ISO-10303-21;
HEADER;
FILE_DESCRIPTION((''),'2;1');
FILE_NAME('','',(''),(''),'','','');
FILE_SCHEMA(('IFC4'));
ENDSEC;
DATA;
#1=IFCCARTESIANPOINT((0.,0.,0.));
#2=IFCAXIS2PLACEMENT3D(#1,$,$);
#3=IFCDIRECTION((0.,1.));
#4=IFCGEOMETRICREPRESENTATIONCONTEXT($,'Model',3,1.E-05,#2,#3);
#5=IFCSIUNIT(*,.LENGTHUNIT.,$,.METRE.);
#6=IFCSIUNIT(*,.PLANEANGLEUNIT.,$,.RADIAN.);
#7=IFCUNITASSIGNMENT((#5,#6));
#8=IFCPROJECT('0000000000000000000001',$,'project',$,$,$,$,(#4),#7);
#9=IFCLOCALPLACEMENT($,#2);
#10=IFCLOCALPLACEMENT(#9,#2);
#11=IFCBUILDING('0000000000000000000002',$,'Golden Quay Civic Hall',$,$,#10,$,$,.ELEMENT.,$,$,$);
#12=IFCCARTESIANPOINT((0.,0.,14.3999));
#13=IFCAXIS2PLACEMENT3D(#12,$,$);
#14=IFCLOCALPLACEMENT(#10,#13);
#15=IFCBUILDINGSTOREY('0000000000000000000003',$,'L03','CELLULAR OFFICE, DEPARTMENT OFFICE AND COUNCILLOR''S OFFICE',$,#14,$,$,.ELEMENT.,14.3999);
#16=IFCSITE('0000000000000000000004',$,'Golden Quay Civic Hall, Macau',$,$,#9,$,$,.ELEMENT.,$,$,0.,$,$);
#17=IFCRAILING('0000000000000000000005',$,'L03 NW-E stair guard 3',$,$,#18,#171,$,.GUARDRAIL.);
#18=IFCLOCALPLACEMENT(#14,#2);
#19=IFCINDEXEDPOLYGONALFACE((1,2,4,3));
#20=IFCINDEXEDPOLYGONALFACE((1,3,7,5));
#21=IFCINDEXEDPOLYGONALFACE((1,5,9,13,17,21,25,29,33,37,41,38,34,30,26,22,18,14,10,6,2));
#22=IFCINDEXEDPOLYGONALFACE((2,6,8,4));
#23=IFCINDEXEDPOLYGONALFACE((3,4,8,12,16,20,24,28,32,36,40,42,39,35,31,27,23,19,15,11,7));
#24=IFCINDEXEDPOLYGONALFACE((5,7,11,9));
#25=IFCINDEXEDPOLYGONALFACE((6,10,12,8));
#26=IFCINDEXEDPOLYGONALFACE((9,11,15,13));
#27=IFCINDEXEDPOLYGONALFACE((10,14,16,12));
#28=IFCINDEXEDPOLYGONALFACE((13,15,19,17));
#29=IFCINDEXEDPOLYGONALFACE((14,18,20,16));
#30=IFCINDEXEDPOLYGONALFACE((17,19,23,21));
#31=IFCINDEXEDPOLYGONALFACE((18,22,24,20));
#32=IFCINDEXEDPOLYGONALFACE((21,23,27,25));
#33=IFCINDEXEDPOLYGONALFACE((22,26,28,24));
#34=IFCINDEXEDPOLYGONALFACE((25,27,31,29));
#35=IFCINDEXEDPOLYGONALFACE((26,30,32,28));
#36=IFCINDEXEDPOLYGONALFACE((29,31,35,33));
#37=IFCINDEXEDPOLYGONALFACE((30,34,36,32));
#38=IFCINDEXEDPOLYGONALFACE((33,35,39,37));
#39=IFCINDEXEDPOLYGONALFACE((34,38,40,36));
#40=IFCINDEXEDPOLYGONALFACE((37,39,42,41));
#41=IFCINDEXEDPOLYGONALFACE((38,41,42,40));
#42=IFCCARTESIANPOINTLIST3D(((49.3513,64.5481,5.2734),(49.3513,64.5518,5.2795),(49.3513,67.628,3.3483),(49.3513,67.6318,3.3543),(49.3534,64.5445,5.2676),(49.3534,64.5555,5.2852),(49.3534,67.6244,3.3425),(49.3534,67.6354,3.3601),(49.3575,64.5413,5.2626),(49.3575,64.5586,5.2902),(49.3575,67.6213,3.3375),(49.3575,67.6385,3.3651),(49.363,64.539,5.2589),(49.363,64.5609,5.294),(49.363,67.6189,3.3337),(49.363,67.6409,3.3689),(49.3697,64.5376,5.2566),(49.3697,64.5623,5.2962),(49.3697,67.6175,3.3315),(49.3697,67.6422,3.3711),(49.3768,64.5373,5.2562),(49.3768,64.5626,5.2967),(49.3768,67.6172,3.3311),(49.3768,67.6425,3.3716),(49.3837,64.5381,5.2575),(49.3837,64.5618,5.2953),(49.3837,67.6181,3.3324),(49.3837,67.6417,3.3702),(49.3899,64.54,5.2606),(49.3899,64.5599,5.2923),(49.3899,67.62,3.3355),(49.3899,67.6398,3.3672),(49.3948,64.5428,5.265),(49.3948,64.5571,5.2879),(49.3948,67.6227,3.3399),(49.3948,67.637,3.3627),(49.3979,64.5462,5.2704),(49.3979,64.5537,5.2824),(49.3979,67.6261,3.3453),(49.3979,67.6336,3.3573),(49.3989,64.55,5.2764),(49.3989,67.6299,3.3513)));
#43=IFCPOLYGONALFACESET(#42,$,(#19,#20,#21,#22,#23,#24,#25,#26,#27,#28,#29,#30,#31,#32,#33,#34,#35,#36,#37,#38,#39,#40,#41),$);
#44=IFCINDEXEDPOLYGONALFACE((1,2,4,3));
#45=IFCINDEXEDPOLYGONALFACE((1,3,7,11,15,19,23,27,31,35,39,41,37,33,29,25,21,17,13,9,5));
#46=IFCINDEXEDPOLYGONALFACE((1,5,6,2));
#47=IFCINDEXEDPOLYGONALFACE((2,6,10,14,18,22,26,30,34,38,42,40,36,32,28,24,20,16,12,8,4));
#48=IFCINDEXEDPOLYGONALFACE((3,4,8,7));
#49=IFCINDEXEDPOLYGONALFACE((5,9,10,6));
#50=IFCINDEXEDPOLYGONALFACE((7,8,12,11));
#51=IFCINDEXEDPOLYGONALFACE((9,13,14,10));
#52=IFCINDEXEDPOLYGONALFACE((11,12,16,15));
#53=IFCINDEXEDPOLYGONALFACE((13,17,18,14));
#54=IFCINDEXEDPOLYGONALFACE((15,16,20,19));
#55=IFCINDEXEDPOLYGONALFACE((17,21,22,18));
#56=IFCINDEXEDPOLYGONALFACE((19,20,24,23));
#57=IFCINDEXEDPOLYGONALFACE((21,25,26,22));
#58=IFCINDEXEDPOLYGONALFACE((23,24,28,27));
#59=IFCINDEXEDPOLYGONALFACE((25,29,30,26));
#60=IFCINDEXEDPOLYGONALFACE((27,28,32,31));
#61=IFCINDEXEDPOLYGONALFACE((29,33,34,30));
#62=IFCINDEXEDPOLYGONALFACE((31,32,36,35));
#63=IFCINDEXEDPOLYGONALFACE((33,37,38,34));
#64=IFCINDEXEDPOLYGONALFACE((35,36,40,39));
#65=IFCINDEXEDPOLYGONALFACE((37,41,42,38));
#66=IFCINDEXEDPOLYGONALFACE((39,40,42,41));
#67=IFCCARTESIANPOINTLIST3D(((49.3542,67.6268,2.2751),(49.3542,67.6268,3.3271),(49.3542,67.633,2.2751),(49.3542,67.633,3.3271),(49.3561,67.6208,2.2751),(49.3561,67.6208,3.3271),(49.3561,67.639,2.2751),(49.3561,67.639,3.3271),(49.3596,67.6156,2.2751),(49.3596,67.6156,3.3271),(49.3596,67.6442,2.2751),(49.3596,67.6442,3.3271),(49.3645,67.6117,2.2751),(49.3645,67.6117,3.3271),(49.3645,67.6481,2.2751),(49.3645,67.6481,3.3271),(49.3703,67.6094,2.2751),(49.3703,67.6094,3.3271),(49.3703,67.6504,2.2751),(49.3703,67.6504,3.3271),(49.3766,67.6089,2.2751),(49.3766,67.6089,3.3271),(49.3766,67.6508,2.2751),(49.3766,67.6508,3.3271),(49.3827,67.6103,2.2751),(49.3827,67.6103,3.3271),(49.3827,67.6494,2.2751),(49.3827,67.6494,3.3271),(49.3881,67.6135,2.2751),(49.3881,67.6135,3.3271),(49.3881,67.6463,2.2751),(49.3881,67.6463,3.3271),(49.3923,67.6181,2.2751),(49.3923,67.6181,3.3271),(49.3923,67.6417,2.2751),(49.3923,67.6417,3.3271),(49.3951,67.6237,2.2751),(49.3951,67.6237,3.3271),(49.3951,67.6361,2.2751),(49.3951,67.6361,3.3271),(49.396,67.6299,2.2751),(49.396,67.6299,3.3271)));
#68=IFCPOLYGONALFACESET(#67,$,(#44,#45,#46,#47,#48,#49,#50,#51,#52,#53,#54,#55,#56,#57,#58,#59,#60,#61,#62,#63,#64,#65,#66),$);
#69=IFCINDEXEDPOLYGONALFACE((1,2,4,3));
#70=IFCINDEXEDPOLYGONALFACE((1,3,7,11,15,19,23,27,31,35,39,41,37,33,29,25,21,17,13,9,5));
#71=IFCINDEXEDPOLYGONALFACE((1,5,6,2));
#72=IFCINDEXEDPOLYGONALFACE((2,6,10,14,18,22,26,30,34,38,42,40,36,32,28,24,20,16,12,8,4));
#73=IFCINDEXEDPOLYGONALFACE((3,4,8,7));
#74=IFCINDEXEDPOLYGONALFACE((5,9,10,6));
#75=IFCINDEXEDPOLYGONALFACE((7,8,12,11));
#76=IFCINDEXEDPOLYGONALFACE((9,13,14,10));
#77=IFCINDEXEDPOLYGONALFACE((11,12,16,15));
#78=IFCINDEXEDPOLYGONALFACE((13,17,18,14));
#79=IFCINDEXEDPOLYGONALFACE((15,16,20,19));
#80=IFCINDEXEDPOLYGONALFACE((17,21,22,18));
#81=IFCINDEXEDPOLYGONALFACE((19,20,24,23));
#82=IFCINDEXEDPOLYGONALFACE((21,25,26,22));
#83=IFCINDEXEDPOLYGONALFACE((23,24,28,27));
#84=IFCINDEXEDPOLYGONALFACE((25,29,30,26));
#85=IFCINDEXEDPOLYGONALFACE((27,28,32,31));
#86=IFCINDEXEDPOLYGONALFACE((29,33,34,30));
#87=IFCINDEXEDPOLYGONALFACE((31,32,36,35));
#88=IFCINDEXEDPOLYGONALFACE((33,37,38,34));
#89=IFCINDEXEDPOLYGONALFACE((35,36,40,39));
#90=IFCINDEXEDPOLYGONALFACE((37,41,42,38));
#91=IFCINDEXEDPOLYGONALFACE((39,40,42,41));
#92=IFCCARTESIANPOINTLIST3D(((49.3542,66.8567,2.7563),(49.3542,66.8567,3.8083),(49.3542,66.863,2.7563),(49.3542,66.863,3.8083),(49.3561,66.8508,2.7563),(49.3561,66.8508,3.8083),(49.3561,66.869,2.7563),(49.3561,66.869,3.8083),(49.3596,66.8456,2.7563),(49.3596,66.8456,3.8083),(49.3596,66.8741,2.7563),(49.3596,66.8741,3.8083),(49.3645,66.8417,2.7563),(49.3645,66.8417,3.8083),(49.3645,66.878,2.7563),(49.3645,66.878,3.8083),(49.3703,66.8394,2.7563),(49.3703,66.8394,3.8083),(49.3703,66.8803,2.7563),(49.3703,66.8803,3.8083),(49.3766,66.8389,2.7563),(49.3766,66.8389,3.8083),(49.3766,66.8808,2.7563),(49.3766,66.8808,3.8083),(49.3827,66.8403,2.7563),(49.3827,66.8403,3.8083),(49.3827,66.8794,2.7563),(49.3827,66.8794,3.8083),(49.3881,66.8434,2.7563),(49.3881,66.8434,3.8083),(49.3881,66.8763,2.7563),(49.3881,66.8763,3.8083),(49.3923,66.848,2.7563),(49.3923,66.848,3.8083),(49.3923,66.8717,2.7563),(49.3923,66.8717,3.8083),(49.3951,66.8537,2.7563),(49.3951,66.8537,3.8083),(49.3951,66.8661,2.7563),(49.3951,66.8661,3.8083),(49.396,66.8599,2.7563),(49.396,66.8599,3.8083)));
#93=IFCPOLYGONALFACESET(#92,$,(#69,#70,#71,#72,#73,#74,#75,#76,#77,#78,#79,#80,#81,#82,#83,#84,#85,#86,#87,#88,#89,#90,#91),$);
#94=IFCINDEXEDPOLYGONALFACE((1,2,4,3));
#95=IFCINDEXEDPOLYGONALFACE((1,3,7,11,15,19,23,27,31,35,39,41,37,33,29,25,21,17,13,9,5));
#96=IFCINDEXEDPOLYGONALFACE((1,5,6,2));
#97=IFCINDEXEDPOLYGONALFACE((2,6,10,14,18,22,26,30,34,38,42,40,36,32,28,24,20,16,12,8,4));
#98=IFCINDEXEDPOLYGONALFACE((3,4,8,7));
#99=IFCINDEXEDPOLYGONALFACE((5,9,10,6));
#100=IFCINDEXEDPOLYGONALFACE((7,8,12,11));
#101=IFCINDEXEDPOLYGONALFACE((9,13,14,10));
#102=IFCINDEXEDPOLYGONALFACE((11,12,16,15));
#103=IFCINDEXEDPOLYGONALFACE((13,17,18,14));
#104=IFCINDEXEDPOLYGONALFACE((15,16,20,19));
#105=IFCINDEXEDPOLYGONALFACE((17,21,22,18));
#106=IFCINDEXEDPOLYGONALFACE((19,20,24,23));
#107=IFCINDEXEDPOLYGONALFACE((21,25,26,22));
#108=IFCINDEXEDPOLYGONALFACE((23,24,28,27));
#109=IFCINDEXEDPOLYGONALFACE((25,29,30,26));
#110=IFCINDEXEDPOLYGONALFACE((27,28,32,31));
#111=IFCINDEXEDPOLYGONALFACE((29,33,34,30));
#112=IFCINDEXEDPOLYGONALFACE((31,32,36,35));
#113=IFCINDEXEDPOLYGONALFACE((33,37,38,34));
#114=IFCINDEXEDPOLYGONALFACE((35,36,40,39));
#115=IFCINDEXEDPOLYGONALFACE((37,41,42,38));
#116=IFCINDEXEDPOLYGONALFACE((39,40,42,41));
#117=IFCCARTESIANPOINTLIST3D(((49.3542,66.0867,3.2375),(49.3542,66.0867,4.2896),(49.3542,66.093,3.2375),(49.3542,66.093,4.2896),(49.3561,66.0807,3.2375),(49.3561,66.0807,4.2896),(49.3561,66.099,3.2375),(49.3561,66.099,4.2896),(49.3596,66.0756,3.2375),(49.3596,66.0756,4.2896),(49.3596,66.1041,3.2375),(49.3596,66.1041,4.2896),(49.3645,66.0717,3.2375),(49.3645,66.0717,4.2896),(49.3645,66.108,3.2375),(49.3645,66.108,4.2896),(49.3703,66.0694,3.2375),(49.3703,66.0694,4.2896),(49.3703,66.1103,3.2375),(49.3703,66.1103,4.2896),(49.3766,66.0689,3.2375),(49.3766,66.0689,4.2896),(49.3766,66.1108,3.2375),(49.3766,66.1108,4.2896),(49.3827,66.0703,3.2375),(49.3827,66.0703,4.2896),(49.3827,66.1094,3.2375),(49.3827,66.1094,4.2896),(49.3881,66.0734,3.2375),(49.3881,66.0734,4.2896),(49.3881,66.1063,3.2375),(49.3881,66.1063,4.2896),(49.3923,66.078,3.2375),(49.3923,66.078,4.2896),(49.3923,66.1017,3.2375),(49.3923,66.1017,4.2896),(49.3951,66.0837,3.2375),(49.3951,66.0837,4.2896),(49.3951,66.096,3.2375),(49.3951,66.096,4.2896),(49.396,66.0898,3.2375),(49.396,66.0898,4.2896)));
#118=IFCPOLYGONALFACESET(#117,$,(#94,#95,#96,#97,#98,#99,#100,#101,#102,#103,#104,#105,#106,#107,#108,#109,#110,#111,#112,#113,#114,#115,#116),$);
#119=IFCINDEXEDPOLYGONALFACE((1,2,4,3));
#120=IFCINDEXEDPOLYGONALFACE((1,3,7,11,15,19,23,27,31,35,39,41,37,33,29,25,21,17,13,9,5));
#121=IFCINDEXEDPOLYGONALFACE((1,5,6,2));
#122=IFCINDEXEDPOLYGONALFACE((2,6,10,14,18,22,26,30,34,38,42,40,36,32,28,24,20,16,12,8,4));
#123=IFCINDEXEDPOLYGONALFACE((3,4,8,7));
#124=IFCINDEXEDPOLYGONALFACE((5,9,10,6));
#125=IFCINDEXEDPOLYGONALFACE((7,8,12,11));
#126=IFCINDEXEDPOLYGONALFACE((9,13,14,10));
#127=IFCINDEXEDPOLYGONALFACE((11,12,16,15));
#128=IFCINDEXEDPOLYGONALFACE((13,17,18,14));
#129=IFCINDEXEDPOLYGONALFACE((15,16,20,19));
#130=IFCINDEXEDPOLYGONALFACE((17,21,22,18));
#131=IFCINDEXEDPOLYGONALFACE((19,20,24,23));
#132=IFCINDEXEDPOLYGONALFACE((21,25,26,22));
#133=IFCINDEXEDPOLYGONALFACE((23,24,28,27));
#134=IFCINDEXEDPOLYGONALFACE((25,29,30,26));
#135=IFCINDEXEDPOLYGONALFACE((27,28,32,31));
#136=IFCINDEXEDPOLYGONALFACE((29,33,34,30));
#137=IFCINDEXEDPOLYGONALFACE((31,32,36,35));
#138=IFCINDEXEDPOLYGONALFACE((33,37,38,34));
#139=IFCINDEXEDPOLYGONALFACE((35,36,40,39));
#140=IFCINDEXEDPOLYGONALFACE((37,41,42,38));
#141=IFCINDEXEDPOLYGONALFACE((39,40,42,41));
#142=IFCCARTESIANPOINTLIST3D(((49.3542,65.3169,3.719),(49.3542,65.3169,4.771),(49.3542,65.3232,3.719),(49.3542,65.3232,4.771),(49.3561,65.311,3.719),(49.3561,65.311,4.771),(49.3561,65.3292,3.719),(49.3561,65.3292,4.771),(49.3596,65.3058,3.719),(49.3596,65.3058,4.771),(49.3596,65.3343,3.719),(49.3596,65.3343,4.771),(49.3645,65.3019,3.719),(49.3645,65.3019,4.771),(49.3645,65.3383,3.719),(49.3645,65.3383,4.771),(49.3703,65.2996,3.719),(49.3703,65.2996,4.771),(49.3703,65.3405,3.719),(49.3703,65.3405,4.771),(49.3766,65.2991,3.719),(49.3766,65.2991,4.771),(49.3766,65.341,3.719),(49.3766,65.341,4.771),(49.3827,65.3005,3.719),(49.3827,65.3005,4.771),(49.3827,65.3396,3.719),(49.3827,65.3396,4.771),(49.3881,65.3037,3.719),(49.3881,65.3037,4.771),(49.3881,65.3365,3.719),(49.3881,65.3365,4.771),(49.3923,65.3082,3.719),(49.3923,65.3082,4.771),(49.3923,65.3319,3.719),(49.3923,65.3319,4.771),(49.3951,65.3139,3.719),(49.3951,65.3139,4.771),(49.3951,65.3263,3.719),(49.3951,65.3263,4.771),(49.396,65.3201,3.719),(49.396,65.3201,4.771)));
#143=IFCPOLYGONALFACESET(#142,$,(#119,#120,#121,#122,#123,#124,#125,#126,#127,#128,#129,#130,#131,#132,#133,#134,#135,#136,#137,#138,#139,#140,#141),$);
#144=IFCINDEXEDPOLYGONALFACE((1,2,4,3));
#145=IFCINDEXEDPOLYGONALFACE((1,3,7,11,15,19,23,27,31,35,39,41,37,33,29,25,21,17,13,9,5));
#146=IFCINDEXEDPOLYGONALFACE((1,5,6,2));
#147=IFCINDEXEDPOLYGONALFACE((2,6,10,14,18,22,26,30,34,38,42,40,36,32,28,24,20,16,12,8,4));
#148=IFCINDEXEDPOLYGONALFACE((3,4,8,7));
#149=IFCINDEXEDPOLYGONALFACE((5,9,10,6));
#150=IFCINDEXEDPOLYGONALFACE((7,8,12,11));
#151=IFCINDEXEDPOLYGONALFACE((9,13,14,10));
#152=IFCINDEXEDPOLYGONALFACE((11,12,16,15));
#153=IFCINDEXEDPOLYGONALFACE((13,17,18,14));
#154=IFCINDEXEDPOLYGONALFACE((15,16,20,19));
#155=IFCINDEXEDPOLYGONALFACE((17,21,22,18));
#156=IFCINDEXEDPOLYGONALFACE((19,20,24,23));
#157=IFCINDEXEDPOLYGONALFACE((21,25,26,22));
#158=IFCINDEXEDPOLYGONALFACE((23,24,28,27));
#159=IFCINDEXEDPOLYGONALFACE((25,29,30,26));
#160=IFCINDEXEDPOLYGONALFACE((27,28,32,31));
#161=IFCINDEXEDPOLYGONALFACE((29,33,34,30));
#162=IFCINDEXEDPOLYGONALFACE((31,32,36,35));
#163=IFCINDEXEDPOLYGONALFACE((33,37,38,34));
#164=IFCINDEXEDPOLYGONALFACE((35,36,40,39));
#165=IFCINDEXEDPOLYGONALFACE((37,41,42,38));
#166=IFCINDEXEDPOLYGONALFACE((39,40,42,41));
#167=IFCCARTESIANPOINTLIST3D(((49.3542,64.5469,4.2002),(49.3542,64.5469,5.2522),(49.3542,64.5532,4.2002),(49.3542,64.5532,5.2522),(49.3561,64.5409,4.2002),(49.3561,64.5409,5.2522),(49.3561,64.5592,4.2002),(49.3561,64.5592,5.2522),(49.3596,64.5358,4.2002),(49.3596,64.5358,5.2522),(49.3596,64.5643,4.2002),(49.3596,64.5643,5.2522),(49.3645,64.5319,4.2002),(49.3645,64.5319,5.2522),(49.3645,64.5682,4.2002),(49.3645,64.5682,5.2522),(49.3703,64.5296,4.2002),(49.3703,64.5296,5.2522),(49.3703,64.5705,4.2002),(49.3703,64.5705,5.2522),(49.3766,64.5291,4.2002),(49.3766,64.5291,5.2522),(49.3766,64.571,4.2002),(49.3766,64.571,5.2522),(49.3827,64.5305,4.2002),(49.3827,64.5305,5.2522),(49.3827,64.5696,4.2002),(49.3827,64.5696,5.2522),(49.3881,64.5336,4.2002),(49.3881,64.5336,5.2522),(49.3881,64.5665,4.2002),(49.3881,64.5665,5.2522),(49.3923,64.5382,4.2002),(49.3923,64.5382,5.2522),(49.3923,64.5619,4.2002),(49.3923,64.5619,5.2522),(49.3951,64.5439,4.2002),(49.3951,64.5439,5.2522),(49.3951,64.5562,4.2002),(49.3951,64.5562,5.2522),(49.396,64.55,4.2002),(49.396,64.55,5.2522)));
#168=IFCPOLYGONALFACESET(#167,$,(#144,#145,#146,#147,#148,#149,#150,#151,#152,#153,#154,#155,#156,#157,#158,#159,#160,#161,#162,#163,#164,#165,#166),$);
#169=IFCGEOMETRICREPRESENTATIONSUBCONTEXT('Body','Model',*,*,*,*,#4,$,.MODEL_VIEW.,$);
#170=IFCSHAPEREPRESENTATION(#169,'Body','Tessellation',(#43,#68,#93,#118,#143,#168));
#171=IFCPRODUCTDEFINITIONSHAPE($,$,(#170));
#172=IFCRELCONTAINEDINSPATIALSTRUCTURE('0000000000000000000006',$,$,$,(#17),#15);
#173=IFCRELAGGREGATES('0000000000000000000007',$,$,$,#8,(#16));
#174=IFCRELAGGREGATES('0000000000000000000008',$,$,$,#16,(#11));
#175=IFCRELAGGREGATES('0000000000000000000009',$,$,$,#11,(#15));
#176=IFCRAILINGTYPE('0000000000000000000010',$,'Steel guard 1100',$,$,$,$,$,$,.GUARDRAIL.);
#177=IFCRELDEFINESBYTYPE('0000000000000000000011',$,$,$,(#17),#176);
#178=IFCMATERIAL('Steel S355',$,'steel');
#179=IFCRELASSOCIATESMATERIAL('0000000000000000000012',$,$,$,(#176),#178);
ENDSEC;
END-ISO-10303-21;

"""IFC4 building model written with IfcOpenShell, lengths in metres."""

from ifc_helpers import new_model, si_unit, direction, frame, origin, origin_2d, place, context, subcontext, project, spatial, circle, extrude, material, type_object, element, save


model = new_model("IFC4")

# Units and contexts
model_context = context("Model", 3, precision=1e-05, world=origin(), true_north=direction((0.0, 1.0)))
body_context = subcontext(model_context, "Body", "Model", "MODEL_VIEW")
ifc_project = project(units=[si_unit("LENGTHUNIT", "METRE"), si_unit("PLANEANGLEUNIT", "RADIAN")], contexts=[model_context])

# Site, building, storey
site_placement = place(None, origin())
site = spatial("IfcSite", under=ifc_project, at=site_placement, Name="Golden Quay Civic Hall, Macau", CompositionType="ELEMENT", RefElevation=0.0)
building_placement = place(site_placement, origin())
building = spatial("IfcBuilding", under=site, at=building_placement, Name="Golden Quay Civic Hall", CompositionType="ELEMENT")
storey_placement = place(building_placement, frame((0.0, 0.0, 14.3999)))
storey = spatial("IfcBuildingStorey", under=building, at=storey_placement, Name="L03", Description="CELLULAR OFFICE, DEPARTMENT OFFICE AND COUNCILLOR'S OFFICE", CompositionType="ELEMENT", Elevation=14.3999)

# Railing
ifc_material_1 = material(Name="Steel S355", Category="steel")
railing_type_1 = type_object("IfcRailingType", Name="Steel guard 1100", PredefinedType="GUARDRAIL", material=ifc_material_1)
railing_1_placement = place(storey_placement, frame((49.375, 67.6299, 2.2751)))
element("IfcRailing", 1, at=railing_1_placement, inside=storey, type_object=railing_type_1, Name="L03 NW-E stair guard 3", PredefinedType="GUARDRAIL", context=body_context, shape_type="SweptSolid", body=[
    extrude(circle(Radius=0.0239, at=origin_2d()), frame((0.0, 0.0, 1.0762), z_axis=(0.0, -0.847979, 0.530029), x_axis=(1.0, 0.0, 0.0)), (0.0, 0.0, 1.0), 3.6321),
    extrude(circle(Radius=0.021, at=origin_2d()), origin(), (0.0, 0.0, 1.0), 1.052),
    extrude(circle(Radius=0.021, at=origin_2d()), frame((0.0, -0.77, 0.4812)), (0.0, 0.0, 1.0), 1.052),
    extrude(circle(Radius=0.021, at=origin_2d()), frame((0.0, -1.54, 0.9624)), (0.0, 0.0, 1.0), 1.052),
    extrude(circle(Radius=0.021, at=origin_2d()), frame((0.0, -2.3098, 1.4438)), (0.0, 0.0, 1.0), 1.052),
    extrude(circle(Radius=0.021, at=origin_2d()), frame((0.0, -3.0798, 1.925)), (0.0, 0.0, 1.0), 1.052),
])

save(model, "model.ifc")
